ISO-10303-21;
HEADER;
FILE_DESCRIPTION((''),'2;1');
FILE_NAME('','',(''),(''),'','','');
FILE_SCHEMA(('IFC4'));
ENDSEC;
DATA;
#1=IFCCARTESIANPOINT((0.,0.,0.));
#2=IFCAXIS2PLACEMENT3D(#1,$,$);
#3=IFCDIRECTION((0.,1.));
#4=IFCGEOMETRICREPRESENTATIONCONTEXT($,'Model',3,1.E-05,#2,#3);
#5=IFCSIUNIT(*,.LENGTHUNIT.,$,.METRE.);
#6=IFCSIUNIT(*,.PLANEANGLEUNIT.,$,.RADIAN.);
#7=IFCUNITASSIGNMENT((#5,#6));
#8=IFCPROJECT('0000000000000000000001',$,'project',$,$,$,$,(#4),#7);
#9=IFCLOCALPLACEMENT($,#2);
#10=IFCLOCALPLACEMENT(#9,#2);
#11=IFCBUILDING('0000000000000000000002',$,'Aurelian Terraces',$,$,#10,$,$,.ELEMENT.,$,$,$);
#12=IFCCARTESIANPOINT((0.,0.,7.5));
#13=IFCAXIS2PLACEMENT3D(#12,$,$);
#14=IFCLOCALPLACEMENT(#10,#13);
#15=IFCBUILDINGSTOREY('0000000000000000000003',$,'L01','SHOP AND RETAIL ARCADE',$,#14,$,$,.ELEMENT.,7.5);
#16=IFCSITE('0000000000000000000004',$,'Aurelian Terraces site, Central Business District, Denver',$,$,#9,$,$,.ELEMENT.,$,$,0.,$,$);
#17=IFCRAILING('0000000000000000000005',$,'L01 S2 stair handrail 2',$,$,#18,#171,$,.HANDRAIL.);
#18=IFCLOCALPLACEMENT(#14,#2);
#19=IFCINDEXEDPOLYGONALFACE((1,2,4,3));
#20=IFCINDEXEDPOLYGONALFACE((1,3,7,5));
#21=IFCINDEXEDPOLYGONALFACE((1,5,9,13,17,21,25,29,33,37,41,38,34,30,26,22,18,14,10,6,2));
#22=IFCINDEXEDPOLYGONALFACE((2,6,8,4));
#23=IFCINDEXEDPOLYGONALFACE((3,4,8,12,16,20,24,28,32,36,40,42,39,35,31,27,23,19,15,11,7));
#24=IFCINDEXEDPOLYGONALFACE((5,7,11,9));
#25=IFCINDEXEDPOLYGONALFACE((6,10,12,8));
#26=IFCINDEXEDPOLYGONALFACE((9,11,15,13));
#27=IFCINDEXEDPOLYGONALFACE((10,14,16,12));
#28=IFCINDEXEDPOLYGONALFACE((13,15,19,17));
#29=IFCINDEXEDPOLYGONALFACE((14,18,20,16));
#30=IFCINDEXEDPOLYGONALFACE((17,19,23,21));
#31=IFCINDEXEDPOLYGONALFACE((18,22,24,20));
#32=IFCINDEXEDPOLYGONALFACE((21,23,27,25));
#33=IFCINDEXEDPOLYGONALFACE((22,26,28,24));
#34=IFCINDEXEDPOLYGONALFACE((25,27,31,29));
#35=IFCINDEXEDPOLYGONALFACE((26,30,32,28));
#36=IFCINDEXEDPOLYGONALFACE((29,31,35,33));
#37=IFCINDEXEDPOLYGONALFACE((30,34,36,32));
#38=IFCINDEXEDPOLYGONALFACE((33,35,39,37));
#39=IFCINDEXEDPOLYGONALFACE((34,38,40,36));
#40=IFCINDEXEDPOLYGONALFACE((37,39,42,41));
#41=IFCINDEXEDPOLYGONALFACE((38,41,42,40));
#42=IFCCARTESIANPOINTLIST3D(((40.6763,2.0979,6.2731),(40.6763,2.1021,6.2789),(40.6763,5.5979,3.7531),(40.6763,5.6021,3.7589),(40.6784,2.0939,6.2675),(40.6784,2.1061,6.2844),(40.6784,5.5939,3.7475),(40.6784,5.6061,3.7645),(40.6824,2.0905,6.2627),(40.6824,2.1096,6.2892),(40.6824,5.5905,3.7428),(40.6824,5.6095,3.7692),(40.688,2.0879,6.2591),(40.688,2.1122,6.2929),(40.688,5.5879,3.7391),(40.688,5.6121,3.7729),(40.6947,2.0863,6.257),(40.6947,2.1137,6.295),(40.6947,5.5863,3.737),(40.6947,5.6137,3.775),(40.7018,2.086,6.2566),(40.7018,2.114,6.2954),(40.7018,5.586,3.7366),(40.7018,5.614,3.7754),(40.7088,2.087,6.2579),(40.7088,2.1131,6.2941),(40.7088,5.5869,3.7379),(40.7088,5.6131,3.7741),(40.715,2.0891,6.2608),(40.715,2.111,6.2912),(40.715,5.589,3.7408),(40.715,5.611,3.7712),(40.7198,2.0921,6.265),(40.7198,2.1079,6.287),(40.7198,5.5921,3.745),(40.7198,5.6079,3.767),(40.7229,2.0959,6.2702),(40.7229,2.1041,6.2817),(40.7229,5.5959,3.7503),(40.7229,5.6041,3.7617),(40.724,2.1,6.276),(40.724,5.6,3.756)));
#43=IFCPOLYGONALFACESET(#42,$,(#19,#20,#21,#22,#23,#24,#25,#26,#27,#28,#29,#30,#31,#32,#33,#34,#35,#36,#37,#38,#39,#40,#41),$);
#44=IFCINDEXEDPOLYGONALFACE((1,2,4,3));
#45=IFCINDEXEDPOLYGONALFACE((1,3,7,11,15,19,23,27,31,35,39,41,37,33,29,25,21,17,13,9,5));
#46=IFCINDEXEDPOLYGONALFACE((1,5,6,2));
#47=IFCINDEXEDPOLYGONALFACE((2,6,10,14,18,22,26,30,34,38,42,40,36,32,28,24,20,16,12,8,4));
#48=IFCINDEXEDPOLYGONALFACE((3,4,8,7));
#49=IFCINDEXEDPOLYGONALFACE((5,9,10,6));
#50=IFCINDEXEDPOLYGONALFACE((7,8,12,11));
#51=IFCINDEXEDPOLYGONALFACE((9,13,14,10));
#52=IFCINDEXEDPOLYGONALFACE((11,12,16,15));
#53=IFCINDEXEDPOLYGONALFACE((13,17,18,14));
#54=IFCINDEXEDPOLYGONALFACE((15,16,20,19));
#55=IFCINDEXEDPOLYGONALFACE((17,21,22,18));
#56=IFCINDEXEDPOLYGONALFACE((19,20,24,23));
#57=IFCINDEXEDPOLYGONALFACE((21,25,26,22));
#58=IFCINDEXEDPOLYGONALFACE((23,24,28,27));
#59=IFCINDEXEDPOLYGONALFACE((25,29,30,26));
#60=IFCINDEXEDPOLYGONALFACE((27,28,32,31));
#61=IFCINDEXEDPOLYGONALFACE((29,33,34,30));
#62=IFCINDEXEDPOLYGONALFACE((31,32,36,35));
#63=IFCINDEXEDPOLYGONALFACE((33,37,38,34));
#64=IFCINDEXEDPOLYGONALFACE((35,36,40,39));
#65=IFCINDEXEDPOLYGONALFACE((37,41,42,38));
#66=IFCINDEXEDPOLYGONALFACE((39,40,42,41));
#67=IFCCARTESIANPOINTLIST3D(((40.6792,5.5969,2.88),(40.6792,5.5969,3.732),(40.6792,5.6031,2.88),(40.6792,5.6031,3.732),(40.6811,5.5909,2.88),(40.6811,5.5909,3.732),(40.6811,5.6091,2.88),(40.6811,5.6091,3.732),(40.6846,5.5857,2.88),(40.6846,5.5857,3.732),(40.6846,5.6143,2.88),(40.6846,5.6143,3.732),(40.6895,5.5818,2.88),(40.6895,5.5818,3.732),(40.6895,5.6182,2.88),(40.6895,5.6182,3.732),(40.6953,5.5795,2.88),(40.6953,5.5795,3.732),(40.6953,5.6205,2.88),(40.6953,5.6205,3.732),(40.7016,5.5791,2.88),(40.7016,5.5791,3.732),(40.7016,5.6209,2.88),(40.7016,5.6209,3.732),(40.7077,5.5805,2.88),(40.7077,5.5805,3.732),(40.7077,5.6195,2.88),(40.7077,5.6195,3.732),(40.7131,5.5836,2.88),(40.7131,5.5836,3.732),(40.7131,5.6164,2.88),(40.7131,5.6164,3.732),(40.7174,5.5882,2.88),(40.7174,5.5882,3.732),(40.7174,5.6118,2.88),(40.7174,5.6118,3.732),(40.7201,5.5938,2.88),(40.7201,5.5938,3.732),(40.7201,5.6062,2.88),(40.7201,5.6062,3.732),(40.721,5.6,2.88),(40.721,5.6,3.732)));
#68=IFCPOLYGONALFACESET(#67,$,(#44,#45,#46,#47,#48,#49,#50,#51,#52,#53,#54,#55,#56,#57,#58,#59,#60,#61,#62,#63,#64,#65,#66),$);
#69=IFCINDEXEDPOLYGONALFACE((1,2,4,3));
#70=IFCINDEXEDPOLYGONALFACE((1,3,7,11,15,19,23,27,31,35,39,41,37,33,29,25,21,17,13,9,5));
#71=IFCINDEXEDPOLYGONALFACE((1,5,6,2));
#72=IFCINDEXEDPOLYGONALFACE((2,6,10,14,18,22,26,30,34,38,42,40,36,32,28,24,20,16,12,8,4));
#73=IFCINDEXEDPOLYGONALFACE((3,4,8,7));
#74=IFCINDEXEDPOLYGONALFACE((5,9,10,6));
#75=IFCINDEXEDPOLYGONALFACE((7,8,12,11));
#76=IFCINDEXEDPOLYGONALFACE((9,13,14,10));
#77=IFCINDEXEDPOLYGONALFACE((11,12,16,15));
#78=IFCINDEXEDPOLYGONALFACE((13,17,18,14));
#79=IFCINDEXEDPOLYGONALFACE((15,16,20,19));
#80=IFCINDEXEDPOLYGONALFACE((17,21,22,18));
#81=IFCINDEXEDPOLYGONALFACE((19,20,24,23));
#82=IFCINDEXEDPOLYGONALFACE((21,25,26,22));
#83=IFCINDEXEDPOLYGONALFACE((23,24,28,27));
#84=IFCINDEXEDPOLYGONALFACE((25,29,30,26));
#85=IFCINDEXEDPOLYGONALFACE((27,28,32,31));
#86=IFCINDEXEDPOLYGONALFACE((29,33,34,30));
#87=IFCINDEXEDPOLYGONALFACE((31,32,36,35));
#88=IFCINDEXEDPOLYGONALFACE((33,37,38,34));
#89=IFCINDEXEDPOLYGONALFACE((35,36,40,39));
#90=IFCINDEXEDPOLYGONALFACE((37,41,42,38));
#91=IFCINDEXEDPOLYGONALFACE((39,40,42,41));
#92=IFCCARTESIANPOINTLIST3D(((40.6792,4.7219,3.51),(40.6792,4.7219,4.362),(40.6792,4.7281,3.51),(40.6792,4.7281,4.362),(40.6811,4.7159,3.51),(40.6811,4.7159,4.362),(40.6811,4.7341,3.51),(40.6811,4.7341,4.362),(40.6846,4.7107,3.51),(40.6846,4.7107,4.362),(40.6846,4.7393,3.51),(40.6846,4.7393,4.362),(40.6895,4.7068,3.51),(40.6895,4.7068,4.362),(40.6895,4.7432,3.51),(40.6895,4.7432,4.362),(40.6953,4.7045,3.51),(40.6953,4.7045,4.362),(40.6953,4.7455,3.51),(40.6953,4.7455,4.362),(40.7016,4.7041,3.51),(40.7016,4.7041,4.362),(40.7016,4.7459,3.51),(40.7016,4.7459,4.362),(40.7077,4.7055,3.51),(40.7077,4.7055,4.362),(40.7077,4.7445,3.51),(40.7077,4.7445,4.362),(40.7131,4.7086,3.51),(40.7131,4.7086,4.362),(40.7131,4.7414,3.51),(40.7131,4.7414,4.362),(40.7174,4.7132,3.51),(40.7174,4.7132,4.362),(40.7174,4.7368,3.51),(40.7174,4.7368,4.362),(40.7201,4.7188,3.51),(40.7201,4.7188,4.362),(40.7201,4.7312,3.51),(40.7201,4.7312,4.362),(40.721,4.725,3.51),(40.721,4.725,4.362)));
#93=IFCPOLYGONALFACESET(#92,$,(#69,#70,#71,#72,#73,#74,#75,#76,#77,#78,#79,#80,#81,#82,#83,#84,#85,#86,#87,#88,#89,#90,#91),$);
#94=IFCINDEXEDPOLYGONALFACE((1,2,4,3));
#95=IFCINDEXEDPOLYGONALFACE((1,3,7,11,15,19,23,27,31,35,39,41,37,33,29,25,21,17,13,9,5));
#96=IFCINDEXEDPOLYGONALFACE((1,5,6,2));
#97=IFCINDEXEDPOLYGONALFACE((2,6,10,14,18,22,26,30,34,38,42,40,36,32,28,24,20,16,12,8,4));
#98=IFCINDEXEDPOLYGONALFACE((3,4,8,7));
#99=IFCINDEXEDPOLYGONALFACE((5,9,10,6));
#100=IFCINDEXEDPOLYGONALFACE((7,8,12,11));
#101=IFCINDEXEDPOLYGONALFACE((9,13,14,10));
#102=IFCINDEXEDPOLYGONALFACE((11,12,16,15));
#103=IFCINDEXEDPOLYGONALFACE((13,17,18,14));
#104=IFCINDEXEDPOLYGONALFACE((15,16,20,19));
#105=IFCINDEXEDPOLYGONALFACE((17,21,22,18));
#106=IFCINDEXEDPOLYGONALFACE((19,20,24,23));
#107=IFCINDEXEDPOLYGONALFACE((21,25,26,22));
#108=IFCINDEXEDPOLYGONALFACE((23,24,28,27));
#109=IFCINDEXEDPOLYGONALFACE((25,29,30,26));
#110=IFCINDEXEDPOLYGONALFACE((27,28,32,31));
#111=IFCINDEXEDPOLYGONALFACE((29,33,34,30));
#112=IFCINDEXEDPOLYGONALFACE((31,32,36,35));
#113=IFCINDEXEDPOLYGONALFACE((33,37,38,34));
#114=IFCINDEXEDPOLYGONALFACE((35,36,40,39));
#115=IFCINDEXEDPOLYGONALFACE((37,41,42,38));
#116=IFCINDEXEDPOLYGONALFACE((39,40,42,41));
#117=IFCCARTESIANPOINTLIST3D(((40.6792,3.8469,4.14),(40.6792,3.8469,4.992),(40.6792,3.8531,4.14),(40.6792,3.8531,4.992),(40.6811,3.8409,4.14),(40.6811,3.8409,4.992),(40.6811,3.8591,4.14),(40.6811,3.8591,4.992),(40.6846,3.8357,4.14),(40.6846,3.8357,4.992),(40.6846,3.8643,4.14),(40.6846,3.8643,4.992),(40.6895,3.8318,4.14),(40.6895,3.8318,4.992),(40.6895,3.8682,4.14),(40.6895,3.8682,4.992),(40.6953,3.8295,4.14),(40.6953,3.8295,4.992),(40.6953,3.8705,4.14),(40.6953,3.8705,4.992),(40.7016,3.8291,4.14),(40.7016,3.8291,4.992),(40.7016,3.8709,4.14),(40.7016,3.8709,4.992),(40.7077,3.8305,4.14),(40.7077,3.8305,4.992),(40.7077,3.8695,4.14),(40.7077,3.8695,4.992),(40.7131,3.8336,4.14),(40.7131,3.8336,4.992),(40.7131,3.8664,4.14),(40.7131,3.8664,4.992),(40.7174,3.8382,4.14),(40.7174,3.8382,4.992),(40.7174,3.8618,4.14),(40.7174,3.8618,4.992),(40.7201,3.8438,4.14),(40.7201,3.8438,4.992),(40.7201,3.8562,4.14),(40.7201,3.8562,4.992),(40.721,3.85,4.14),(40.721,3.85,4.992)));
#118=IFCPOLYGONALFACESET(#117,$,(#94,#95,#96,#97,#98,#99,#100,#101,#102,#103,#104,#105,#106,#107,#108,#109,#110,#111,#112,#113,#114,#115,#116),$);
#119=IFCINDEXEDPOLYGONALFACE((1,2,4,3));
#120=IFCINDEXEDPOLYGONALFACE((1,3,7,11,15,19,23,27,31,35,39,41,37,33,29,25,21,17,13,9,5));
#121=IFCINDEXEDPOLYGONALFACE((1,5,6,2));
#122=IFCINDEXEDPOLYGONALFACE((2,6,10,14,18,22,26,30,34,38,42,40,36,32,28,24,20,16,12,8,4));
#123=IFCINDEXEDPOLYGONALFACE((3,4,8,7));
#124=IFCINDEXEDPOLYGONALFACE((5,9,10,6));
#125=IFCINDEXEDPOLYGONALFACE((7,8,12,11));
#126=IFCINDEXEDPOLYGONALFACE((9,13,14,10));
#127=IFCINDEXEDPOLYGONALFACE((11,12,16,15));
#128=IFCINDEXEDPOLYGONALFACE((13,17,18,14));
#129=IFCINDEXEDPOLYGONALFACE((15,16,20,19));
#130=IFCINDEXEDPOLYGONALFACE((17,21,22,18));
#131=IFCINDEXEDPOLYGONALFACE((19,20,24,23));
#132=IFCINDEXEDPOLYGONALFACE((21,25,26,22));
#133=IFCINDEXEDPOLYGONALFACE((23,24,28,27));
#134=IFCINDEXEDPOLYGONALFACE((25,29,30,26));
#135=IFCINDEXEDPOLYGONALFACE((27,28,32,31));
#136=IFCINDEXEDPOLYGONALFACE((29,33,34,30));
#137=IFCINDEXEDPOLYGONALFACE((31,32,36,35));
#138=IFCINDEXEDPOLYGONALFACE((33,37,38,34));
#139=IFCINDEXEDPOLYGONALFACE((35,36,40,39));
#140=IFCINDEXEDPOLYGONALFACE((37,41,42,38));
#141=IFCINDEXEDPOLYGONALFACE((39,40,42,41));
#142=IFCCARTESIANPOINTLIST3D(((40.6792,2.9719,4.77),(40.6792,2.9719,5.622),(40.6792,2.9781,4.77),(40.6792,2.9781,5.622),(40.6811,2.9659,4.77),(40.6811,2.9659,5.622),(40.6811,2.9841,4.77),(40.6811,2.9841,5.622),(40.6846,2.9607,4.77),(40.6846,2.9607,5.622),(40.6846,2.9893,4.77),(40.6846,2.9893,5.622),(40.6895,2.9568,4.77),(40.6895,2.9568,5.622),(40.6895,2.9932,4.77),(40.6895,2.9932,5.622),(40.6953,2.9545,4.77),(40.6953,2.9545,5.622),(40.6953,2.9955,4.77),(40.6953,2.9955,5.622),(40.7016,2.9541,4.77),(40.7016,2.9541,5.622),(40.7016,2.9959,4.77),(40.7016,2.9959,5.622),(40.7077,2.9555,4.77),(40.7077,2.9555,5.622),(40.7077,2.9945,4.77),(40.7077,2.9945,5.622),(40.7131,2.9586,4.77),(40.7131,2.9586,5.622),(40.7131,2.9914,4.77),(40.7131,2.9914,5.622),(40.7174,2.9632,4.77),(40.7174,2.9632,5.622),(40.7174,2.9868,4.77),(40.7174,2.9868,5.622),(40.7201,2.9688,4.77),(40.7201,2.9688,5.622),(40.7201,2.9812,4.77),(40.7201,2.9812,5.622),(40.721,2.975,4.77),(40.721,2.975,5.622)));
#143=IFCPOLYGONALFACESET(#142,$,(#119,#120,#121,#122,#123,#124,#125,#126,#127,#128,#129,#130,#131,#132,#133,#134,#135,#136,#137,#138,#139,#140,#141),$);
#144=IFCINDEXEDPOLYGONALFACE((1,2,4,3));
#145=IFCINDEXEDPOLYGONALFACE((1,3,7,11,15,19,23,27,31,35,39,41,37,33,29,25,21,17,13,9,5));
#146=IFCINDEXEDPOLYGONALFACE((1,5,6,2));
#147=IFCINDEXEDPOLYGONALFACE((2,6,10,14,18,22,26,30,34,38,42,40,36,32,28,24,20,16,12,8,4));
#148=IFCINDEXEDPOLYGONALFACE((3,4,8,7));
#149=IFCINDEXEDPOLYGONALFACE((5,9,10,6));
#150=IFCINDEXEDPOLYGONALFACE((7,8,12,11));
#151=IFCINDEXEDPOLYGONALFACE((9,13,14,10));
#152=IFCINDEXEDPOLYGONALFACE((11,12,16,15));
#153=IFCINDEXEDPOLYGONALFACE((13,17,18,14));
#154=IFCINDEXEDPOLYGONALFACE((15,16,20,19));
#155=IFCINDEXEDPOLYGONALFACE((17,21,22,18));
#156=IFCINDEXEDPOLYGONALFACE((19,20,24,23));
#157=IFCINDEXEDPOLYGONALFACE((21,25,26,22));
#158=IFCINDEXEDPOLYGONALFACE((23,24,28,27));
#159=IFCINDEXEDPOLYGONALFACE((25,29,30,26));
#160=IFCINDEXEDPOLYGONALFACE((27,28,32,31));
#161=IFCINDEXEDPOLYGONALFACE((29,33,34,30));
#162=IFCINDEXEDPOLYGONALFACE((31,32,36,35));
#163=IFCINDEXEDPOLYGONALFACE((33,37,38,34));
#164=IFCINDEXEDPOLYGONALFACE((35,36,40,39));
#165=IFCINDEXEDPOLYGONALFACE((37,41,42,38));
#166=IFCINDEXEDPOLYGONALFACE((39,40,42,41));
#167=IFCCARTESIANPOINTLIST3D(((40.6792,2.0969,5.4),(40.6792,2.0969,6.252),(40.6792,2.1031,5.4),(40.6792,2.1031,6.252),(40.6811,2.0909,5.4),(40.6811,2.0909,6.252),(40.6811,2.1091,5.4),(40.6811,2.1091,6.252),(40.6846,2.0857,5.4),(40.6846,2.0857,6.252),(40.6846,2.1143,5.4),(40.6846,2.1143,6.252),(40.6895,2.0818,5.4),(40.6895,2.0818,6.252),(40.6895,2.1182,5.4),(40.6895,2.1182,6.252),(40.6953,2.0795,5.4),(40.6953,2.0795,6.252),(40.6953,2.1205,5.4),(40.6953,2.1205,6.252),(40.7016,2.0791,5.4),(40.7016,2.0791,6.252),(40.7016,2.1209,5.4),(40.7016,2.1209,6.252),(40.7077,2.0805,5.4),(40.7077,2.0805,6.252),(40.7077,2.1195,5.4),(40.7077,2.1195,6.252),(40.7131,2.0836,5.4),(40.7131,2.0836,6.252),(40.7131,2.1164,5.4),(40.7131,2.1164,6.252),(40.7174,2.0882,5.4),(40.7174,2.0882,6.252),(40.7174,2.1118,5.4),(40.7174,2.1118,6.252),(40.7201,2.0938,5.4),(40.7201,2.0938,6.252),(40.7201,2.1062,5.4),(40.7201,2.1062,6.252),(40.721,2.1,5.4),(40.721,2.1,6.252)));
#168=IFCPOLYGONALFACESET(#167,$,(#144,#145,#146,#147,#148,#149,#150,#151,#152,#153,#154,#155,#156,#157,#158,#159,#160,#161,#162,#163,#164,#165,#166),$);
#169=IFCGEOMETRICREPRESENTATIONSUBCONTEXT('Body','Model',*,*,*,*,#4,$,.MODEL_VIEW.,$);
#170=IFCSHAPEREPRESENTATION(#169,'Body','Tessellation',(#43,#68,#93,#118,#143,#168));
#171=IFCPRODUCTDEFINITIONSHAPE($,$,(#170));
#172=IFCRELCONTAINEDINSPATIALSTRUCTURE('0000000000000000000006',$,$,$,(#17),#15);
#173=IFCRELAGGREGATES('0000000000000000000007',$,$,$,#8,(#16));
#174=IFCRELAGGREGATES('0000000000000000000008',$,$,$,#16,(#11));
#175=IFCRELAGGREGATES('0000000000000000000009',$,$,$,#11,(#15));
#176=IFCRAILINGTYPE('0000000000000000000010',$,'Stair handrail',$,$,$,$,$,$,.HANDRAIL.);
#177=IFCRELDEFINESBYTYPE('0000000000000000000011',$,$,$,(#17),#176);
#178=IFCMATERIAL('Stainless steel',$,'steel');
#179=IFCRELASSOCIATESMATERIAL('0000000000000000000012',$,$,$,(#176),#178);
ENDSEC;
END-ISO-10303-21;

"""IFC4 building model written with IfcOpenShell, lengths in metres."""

from ifc_helpers import new_model, si_unit, direction, frame, origin, origin_2d, place, context, subcontext, project, spatial, circle, extrude, source, transform, mapped, material, type_object, element, save


model = new_model("IFC4")

# Units and contexts
model_context = context("Model", 3, precision=1e-05, world=origin(), true_north=direction((0.0, 1.0)))
body_context = subcontext(model_context, "Body", "Model", "MODEL_VIEW")
ifc_project = project(units=[si_unit("LENGTHUNIT", "METRE"), si_unit("PLANEANGLEUNIT", "RADIAN")], contexts=[model_context])

# Site, building, storey
site_placement = place(None, origin())
site = spatial("IfcSite", under=ifc_project, at=site_placement, Name="Aurelian Terraces site, Central Business District, Denver", CompositionType="ELEMENT", RefElevation=0.0)
building_placement = place(site_placement, origin())
building = spatial("IfcBuilding", under=site, at=building_placement, Name="Aurelian Terraces", CompositionType="ELEMENT")
storey_placement = place(building_placement, frame((0.0, 0.0, 7.5)))
storey = spatial("IfcBuildingStorey", under=building, at=storey_placement, Name="L01", Description="SHOP AND RETAIL ARCADE", CompositionType="ELEMENT", Elevation=7.5)

# Railing
ifc_material_1 = material(Name="Stainless steel", Category="steel")
railing_type_1 = type_object("IfcRailingType", Name="Stair handrail", PredefinedType="HANDRAIL", material=ifc_material_1)
shared_shape_1 = source(origin(), body_context, "Body", "SweptSolid", [
    extrude(circle(Radius=0.024, at=origin_2d()), frame((0.0, 0.0, 0.876), z_axis=(0.0, -0.811534, 0.584305), x_axis=(1.0, 0.0, 0.0)), (0.0, 0.0, 1.0), 4.3128),
    extrude(circle(Radius=0.021, at=origin_2d()), origin(), (0.0, 0.0, 1.0), 0.852),
    extrude(circle(Radius=0.021, at=origin_2d()), frame((0.0, -0.875, 0.63)), (0.0, 0.0, 1.0), 0.852),
    extrude(circle(Radius=0.021, at=origin_2d()), frame((0.0, -1.75, 1.26)), (0.0, 0.0, 1.0), 0.852),
    extrude(circle(Radius=0.021, at=origin_2d()), frame((0.0, -2.625, 1.89)), (0.0, 0.0, 1.0), 0.852),
    extrude(circle(Radius=0.021, at=origin_2d()), frame((0.0, -3.5, 2.52)), (0.0, 0.0, 1.0), 0.852),
])
for number, where, name in (
    (1, (40.7, 5.6, 2.88), "L01 S2 stair handrail 2"),
):
    element("IfcRailing", number, at=place(storey_placement, frame(where)), inside=storey, type_object=railing_type_1, Name=name, PredefinedType="HANDRAIL", context=body_context, shape_type="MappedRepresentation", body=[
        mapped(shared_shape_1, transform((0.0, 0.0, 0.0), scale=1.0)),
    ])

save(model, "model.ifc")
